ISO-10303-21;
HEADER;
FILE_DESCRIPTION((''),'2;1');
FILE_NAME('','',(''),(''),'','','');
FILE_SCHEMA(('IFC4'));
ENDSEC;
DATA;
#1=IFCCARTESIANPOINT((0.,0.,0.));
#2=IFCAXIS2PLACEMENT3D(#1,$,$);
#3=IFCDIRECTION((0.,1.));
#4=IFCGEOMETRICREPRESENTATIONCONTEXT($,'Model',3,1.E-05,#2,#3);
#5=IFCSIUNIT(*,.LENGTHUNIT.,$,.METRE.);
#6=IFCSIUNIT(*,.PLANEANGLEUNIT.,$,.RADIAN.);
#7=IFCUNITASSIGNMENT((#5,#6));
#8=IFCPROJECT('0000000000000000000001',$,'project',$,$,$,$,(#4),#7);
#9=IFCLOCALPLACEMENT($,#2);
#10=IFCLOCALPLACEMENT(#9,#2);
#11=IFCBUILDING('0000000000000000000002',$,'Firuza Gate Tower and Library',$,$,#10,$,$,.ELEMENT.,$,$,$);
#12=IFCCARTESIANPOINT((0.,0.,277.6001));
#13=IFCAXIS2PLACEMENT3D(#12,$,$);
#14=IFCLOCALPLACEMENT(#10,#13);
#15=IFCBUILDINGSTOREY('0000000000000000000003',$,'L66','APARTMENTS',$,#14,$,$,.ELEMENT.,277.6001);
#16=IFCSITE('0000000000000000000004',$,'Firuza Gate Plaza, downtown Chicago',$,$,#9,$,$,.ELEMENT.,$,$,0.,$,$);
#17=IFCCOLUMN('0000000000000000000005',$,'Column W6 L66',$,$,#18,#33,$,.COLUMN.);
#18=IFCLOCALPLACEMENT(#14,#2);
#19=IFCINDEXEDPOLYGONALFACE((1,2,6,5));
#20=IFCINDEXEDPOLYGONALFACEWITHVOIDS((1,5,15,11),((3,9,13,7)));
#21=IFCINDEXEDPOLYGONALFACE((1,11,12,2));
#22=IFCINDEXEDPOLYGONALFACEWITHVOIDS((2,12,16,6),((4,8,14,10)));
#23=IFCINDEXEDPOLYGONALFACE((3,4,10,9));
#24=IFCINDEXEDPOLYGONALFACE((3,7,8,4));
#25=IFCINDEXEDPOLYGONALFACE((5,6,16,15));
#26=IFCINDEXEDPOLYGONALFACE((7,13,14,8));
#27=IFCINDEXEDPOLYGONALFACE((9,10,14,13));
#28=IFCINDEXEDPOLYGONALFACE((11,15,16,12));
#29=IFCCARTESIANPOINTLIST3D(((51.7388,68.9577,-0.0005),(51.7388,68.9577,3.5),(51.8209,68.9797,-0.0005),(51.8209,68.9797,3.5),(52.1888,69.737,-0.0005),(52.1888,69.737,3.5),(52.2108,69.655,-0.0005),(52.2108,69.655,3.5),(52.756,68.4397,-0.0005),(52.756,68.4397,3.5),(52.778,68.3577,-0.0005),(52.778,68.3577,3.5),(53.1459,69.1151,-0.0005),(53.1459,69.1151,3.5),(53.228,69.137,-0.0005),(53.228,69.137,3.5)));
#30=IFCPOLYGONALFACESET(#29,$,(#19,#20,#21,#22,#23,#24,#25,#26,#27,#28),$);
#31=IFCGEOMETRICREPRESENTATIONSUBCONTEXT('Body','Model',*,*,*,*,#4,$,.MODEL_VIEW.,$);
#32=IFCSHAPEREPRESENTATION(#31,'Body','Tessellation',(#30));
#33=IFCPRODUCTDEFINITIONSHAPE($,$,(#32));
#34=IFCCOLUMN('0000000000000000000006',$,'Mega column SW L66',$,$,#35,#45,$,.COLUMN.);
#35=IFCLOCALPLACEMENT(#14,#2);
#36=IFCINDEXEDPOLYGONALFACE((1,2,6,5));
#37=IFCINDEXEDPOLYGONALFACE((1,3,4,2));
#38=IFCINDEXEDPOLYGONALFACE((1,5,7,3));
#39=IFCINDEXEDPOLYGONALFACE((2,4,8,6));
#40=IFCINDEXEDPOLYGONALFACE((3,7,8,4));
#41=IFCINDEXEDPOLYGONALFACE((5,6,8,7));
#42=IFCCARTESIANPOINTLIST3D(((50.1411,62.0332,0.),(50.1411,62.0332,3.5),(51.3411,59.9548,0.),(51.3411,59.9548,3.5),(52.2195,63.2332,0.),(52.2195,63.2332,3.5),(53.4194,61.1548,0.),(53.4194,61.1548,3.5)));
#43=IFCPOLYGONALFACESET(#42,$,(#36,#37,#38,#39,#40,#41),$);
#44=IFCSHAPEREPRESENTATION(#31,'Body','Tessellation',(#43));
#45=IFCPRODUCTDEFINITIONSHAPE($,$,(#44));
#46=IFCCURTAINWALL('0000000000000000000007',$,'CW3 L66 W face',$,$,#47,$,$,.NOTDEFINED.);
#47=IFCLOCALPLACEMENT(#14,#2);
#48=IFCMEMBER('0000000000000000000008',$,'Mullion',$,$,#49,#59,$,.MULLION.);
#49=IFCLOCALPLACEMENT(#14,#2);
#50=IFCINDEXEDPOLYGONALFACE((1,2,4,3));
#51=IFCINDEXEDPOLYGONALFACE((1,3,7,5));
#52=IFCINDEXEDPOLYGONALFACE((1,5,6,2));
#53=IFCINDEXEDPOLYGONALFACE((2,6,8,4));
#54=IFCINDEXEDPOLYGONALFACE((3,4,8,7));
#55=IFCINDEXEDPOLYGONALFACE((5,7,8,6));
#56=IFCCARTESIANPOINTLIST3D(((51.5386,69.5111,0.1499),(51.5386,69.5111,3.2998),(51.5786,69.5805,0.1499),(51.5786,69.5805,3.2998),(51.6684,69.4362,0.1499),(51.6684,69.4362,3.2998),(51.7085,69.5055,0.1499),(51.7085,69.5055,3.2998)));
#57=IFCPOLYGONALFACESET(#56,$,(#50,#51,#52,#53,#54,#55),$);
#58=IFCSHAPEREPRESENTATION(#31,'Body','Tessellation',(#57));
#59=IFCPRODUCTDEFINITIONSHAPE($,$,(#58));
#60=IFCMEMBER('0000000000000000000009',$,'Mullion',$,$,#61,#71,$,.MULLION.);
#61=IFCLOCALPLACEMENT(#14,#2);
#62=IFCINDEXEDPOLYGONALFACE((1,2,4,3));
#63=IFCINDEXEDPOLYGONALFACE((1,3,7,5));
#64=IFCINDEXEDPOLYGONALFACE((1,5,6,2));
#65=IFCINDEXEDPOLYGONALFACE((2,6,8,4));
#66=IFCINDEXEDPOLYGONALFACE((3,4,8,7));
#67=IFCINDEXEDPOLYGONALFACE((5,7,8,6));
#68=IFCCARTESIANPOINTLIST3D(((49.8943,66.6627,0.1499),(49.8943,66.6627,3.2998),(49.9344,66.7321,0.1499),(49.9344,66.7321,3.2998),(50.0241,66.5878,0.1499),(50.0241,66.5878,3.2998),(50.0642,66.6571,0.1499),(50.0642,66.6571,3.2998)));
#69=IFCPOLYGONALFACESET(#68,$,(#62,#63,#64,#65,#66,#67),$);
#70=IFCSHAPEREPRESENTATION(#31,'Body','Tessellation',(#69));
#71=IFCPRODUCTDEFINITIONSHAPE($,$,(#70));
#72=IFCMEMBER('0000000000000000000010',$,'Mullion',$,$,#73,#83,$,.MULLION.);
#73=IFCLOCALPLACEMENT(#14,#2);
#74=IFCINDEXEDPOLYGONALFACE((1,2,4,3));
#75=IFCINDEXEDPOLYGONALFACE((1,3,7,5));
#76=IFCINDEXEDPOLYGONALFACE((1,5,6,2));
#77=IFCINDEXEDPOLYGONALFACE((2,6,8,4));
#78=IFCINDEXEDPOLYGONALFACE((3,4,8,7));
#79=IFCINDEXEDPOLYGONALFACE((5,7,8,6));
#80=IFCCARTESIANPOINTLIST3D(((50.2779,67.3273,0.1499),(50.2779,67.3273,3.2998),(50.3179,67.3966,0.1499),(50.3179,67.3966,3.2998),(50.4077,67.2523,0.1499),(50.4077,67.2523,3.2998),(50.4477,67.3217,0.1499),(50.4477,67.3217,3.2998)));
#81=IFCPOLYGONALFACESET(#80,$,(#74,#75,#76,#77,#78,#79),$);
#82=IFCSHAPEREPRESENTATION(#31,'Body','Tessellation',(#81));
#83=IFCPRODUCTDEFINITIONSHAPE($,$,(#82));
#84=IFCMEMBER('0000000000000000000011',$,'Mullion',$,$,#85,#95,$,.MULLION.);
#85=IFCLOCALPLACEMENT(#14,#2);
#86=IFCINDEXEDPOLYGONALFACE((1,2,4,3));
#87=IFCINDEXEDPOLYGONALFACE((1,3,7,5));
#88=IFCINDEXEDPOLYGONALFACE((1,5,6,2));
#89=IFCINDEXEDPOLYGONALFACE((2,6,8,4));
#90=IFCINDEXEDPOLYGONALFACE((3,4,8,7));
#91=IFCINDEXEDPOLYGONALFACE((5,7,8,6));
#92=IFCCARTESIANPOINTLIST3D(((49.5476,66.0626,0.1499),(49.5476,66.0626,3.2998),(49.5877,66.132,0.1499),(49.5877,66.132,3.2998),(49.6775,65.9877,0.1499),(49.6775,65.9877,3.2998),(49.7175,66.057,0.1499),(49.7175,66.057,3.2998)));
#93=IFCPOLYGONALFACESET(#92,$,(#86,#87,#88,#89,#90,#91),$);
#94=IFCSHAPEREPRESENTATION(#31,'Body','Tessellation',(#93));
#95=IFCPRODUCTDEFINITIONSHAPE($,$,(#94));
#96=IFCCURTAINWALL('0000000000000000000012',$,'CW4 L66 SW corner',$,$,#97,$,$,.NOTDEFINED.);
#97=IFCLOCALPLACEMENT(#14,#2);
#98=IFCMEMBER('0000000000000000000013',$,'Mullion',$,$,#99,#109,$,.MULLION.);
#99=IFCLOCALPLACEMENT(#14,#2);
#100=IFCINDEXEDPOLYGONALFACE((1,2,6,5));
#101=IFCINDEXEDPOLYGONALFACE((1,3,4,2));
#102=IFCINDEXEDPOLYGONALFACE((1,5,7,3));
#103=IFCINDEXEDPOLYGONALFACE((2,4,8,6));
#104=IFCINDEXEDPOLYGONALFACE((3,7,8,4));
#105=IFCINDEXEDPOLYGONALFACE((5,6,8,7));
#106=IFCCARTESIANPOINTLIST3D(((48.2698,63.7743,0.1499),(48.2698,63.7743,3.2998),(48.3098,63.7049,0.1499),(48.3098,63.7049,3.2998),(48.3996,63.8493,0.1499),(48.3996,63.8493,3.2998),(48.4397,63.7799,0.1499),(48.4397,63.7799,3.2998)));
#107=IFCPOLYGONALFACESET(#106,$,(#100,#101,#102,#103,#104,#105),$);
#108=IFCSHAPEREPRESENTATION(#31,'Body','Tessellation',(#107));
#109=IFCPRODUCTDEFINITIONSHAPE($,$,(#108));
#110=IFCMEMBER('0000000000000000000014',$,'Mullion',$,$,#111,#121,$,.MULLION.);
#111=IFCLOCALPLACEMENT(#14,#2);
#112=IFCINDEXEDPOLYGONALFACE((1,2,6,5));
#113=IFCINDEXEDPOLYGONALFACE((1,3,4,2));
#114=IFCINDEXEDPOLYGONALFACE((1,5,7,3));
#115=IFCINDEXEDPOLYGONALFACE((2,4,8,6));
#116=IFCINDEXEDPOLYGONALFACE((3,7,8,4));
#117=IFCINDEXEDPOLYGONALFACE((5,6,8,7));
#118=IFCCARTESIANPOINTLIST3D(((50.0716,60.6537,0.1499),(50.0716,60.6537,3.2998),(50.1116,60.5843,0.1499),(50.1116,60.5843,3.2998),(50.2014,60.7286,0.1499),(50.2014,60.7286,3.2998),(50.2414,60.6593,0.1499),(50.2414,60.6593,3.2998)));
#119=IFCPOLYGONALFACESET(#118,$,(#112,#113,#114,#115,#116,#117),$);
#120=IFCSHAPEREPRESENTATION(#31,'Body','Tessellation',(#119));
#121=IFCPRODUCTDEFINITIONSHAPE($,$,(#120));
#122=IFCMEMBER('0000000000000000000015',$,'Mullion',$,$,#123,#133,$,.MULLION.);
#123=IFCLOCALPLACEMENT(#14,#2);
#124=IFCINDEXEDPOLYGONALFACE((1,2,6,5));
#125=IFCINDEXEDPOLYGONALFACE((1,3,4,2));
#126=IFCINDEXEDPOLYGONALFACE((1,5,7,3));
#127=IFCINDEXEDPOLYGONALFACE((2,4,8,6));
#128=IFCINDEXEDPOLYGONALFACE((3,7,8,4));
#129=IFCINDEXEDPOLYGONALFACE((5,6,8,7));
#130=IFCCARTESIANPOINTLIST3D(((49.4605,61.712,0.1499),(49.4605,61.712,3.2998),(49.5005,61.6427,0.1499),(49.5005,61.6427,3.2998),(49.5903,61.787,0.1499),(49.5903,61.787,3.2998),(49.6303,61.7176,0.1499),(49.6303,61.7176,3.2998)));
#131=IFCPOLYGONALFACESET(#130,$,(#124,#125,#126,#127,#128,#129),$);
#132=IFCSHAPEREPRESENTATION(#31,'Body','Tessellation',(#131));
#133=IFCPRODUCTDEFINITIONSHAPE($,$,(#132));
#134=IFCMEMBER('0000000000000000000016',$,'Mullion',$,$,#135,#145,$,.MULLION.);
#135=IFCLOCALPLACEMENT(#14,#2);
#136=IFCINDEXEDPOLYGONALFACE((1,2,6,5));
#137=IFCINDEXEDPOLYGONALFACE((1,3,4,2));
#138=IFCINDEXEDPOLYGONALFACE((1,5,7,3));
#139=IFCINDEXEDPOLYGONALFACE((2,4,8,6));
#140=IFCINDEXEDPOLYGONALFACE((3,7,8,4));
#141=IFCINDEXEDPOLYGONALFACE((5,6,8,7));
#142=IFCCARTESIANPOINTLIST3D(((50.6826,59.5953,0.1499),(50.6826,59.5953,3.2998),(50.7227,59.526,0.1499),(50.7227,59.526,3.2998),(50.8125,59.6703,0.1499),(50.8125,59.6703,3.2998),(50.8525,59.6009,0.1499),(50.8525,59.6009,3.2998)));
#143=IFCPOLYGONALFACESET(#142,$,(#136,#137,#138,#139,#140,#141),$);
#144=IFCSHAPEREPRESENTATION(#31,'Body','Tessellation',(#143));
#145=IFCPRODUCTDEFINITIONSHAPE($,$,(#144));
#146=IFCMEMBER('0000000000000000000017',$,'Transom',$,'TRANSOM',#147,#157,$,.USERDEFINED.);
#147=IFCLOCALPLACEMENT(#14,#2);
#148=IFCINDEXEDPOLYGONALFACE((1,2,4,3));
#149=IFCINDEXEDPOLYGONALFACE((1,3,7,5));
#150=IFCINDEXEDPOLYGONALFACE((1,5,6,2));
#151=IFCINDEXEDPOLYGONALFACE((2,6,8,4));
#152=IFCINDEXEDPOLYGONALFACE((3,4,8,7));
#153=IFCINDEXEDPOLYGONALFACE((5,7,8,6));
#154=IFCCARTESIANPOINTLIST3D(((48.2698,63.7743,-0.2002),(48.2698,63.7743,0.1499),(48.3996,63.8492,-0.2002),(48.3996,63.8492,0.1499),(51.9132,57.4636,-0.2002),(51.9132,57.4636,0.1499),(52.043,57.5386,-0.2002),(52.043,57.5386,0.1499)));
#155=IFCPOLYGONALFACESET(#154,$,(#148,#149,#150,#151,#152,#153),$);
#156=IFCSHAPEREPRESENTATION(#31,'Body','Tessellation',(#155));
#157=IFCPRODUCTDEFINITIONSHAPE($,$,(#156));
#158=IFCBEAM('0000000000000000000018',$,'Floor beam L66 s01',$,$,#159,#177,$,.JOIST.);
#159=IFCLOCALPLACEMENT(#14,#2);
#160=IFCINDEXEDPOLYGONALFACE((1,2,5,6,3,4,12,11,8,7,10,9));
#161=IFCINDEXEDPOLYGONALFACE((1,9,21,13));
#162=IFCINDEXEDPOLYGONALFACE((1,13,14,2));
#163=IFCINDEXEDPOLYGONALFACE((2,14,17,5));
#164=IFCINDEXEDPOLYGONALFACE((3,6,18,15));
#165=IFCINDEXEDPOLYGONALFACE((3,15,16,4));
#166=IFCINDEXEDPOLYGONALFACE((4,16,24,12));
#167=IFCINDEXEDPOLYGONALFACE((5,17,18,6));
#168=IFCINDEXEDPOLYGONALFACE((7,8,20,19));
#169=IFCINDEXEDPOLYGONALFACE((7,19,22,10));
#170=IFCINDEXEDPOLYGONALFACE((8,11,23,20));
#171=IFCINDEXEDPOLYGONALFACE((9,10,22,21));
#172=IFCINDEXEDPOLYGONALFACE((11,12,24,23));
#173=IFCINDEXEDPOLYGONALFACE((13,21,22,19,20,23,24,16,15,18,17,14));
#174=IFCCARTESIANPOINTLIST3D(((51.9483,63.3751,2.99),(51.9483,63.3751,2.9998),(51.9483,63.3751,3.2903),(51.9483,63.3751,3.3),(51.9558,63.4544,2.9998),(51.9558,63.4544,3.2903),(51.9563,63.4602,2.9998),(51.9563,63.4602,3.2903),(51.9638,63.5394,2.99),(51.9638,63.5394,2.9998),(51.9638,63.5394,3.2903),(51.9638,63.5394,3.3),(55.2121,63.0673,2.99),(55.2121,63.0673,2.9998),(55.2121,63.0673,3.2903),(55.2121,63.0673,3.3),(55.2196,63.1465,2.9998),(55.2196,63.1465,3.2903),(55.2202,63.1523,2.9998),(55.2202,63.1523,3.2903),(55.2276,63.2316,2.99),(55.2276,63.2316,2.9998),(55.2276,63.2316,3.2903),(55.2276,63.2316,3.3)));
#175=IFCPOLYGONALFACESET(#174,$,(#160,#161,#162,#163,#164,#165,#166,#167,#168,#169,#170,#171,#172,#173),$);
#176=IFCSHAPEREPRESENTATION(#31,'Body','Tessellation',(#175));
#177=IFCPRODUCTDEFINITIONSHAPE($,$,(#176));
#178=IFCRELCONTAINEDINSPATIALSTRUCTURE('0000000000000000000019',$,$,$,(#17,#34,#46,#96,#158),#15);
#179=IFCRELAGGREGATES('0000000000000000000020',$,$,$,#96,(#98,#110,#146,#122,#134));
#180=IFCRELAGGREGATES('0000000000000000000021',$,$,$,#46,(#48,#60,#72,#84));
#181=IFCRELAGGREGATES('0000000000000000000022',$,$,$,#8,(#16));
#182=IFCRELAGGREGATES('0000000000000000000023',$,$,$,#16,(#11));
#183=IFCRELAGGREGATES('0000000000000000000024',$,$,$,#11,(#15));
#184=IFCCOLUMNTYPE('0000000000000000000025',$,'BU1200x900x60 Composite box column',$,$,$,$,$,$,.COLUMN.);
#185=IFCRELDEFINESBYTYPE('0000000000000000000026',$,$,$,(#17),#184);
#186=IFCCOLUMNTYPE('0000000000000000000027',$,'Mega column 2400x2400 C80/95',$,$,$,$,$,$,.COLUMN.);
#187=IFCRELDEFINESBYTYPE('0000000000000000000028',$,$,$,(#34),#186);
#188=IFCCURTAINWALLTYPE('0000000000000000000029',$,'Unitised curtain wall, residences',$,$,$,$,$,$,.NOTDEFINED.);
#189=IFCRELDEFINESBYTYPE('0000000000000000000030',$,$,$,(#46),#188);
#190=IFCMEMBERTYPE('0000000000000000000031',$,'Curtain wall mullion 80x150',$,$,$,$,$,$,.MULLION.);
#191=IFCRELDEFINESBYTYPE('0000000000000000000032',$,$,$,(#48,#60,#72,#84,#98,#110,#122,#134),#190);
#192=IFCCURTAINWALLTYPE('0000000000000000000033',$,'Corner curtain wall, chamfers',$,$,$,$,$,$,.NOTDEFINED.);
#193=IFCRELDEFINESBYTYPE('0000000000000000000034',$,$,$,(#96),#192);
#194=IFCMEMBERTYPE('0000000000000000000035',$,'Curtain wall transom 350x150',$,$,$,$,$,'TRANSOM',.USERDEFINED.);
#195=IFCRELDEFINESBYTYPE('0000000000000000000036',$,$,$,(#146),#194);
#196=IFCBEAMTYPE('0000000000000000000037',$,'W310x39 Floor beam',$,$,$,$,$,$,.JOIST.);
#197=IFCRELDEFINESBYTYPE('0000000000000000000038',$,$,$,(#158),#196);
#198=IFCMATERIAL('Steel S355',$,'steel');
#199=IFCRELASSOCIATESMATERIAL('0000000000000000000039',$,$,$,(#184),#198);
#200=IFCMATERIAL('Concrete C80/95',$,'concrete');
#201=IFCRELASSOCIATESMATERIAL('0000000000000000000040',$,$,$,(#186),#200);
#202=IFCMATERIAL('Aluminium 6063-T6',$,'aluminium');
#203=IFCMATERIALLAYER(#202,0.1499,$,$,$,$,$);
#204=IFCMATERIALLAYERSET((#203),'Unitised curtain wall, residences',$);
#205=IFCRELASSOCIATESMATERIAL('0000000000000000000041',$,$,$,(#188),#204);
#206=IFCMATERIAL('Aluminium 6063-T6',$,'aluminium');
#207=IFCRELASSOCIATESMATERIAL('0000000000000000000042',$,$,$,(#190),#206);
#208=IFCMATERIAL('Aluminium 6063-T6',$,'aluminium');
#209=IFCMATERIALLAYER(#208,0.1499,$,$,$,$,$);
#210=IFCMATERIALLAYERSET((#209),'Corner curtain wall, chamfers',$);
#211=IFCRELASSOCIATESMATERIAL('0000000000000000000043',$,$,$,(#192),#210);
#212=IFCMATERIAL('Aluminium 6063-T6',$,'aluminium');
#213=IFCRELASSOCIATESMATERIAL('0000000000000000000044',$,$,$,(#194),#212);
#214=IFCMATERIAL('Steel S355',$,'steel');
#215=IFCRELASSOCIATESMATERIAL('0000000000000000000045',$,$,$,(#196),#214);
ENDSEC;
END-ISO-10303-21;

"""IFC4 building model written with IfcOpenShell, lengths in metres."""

from ifc_helpers import new_model, si_unit, direction, frame, origin, origin_2d, place, context, subcontext, project, spatial, rectangle, hollow_rectangle, i_section, extrude, material, layer, layer_set, material_profile, profile_set, type_object, element, aggregate, save


model = new_model("IFC4")

# Units and contexts
model_context = context("Model", 3, precision=1e-05, world=origin(), true_north=direction((0.0, 1.0)))
body_context = subcontext(model_context, "Body", "Model", "MODEL_VIEW")
ifc_project = project(units=[si_unit("LENGTHUNIT", "METRE"), si_unit("PLANEANGLEUNIT", "RADIAN")], contexts=[model_context])

# Site, building, storey
site_placement = place(None, origin())
site = spatial("IfcSite", under=ifc_project, at=site_placement, Name="Firuza Gate Plaza, downtown Chicago", CompositionType="ELEMENT", RefElevation=0.0)
building_placement = place(site_placement, origin())
building = spatial("IfcBuilding", under=site, at=building_placement, Name="Firuza Gate Tower and Library", CompositionType="ELEMENT")
storey_placement = place(building_placement, frame((0.0, 0.0, 277.6001)))
storey = spatial("IfcBuildingStorey", under=building, at=storey_placement, Name="L66", Description="APARTMENTS", CompositionType="ELEMENT", Elevation=277.6001)

# Columns
ifc_material_1 = material(Name="Steel S355", Category="steel")
ifc_material_profile_1 = material_profile(ifc_material_1, hollow_rectangle(XDim=0.8999, YDim=1.2, WallThickness=0.0601, at=origin_2d()))
ifc_profile_set_1 = profile_set([ifc_material_profile_1], Name="Steel S355")
column_type_1 = type_object("IfcColumnType", Name="BU1200x900x60 Composite box column", PredefinedType="COLUMN", material=ifc_profile_set_1)
column_1_placement = place(storey_placement, frame((52.4834, 69.0474, -0.0005), z_axis=(0.0, 0.0, 1.0), x_axis=(-0.5, -0.866025, 0.0)))
element("IfcColumn", 1, at=column_1_placement, inside=storey, type_object=column_type_1, Name="Column W6 L66", PredefinedType="COLUMN", context=body_context, shape_type="SweptSolid", body=[
    extrude(hollow_rectangle(XDim=0.8999, YDim=1.2, WallThickness=0.0601, at=origin_2d()), origin(), (0.0, 0.0, 1.0), 3.5005),
])
ifc_material_2 = material(Name="Concrete C80/95", Category="concrete")
ifc_material_profile_2 = material_profile(ifc_material_2, rectangle(XDim=2.3999, YDim=2.3999, at=origin_2d()))
ifc_profile_set_2 = profile_set([ifc_material_profile_2], Name="Concrete C80/95")
column_type_2 = type_object("IfcColumnType", Name="Mega column 2400x2400 C80/95", PredefinedType="COLUMN", material=ifc_profile_set_2)
column_2_placement = place(storey_placement, frame((51.7803, 61.594, 0.0), z_axis=(0.0, 0.0, 1.0), x_axis=(0.5, -0.866025, 0.0)))
element("IfcColumn", 2, at=column_2_placement, inside=storey, type_object=column_type_2, Name="Mega column SW L66", PredefinedType="COLUMN", context=body_context, shape_type="SweptSolid", body=[
    extrude(rectangle(XDim=2.3999, YDim=2.3999, at=origin_2d()), origin(), (0.0, 0.0, 1.0), 3.5),
])

# Curtain walls, members
ifc_material_3 = material(Name="Aluminium 6063-T6", Category="aluminium")
ifc_layer_1 = layer(ifc_material_3, 0.1499)
ifc_layer_set_1 = layer_set([ifc_layer_1], Name="Unitised curtain wall, residences")
curtain_wall_type_1 = type_object("IfcCurtainWallType", Name="Unitised curtain wall, residences", PredefinedType="NOTDEFINED", material=ifc_layer_set_1)
placement = place(storey_placement, origin())
curtain_wall_1 = element("IfcCurtainWall", 3, at=placement, inside=storey, type_object=curtain_wall_type_1, Name="CW3 L66 W face", PredefinedType="NOTDEFINED")
ifc_material_4 = material(Name="Aluminium 6063-T6", Category="aluminium")
ifc_material_profile_3 = material_profile(ifc_material_4, rectangle(XDim=0.1499, YDim=0.0801, at=origin_2d()))
ifc_profile_set_3 = profile_set([ifc_material_profile_3], Name="Aluminium 6063-T6")
member_type_1 = type_object("IfcMemberType", Name="Curtain wall mullion 80x150", PredefinedType="MULLION", material=ifc_profile_set_3)
member_1_placement = place(storey_placement, frame((51.6235, 69.5083, 0.1499), z_axis=(0.0, 0.0, 1.0), x_axis=(0.866025, -0.5, 0.0)))
member_1 = element("IfcMember", 4, at=member_1_placement, type_object=member_type_1, Name="Mullion", PredefinedType="MULLION", context=body_context, shape_type="SweptSolid", body=[
    extrude(rectangle(XDim=0.1499, YDim=0.0801, at=origin_2d()), origin(), (0.0, 0.0, 1.0), 3.1499),
])
member_2_placement = place(storey_placement, frame((49.9792, 66.6599, 0.1499), z_axis=(0.0, 0.0, 1.0), x_axis=(0.866025, -0.5, 0.0)))
member_2 = element("IfcMember", 5, at=member_2_placement, type_object=member_type_1, Name="Mullion", PredefinedType="MULLION", context=body_context, shape_type="SweptSolid", body=[
    extrude(rectangle(XDim=0.1499, YDim=0.0801, at=origin_2d()), origin(), (0.0, 0.0, 1.0), 3.1499),
])
member_3_placement = place(storey_placement, frame((50.3628, 67.3245, 0.1499), z_axis=(0.0, 0.0, 1.0), x_axis=(0.866025, -0.5, 0.0)))
member_3 = element("IfcMember", 6, at=member_3_placement, type_object=member_type_1, Name="Mullion", PredefinedType="MULLION", context=body_context, shape_type="SweptSolid", body=[
    extrude(rectangle(XDim=0.1499, YDim=0.0801, at=origin_2d()), origin(), (0.0, 0.0, 1.0), 3.1499),
])
member_4_placement = place(storey_placement, frame((49.6326, 66.0598, 0.1499), z_axis=(0.0, 0.0, 1.0), x_axis=(0.866025, -0.5, 0.0)))
member_4 = element("IfcMember", 7, at=member_4_placement, type_object=member_type_1, Name="Mullion", PredefinedType="MULLION", context=body_context, shape_type="SweptSolid", body=[
    extrude(rectangle(XDim=0.1499, YDim=0.0801, at=origin_2d()), origin(), (0.0, 0.0, 1.0), 3.1499),
])
ifc_material_5 = material(Name="Aluminium 6063-T6", Category="aluminium")
ifc_layer_2 = layer(ifc_material_5, 0.1499)
ifc_layer_set_2 = layer_set([ifc_layer_2], Name="Corner curtain wall, chamfers")
curtain_wall_type_2 = type_object("IfcCurtainWallType", Name="Corner curtain wall, chamfers", PredefinedType="NOTDEFINED", material=ifc_layer_set_2)
curtain_wall_2 = element("IfcCurtainWall", 8, at=placement, inside=storey, type_object=curtain_wall_type_2, Name="CW4 L66 SW corner", PredefinedType="NOTDEFINED")
member_5_placement = place(storey_placement, frame((48.3547, 63.7771, 0.1499), z_axis=(0.0, 0.0, 1.0), x_axis=(0.866025, 0.5, 0.0)))
member_5 = element("IfcMember", 9, at=member_5_placement, type_object=member_type_1, Name="Mullion", PredefinedType="MULLION", context=body_context, shape_type="SweptSolid", body=[
    extrude(rectangle(XDim=0.1499, YDim=0.0801, at=origin_2d()), origin(), (0.0, 0.0, 1.0), 3.1499),
])
member_6_placement = place(storey_placement, frame((50.1565, 60.6565, 0.1499), z_axis=(0.0, 0.0, 1.0), x_axis=(0.866025, 0.5, 0.0)))
member_6 = element("IfcMember", 10, at=member_6_placement, type_object=member_type_1, Name="Mullion", PredefinedType="MULLION", context=body_context, shape_type="SweptSolid", body=[
    extrude(rectangle(XDim=0.1499, YDim=0.0801, at=origin_2d()), origin(), (0.0, 0.0, 1.0), 3.1499),
])
member_7_placement = place(storey_placement, frame((49.5454, 61.7148, 0.1499), z_axis=(0.0, 0.0, 1.0), x_axis=(0.866025, 0.5, 0.0)))
member_7 = element("IfcMember", 11, at=member_7_placement, type_object=member_type_1, Name="Mullion", PredefinedType="MULLION", context=body_context, shape_type="SweptSolid", body=[
    extrude(rectangle(XDim=0.1499, YDim=0.0801, at=origin_2d()), origin(), (0.0, 0.0, 1.0), 3.1499),
])
member_8_placement = place(storey_placement, frame((50.7676, 59.5981, 0.1499), z_axis=(0.0, 0.0, 1.0), x_axis=(0.866025, 0.5, 0.0)))
member_8 = element("IfcMember", 12, at=member_8_placement, type_object=member_type_1, Name="Mullion", PredefinedType="MULLION", context=body_context, shape_type="SweptSolid", body=[
    extrude(rectangle(XDim=0.1499, YDim=0.0801, at=origin_2d()), origin(), (0.0, 0.0, 1.0), 3.1499),
])
ifc_material_6 = material(Name="Aluminium 6063-T6", Category="aluminium")
ifc_material_profile_4 = material_profile(ifc_material_6, rectangle(XDim=0.1499, YDim=0.3501, at=origin_2d()))
ifc_profile_set_4 = profile_set([ifc_material_profile_4], Name="Aluminium 6063-T6")
member_type_2 = type_object("IfcMemberType", Name="Curtain wall transom 350x150", ElementType="TRANSOM", PredefinedType="USERDEFINED", material=ifc_profile_set_4)
member_9_placement = place(storey_placement, frame((48.3347, 63.8118, -0.0251), z_axis=(0.499991, -0.86603, 0.0), x_axis=(0.86603, 0.499991, 0.0)))
member_9 = element("IfcMember", 13, at=member_9_placement, type_object=member_type_2, Name="Transom", ObjectType="TRANSOM", PredefinedType="USERDEFINED", context=body_context, shape_type="SweptSolid", body=[
    extrude(rectangle(XDim=0.1499, YDim=0.3501, at=origin_2d()), origin(), (0.0, 0.0, 1.0), 7.2869),
])

# Beam
ifc_material_7 = material(Name="Steel S355", Category="steel")
ifc_material_profile_5 = material_profile(ifc_material_7, i_section(OverallWidth=0.165, OverallDepth=0.3101, WebThickness=0.0059, FlangeThickness=0.0098, at=origin_2d()))
ifc_profile_set_5 = profile_set([ifc_material_profile_5], Name="Steel S355")
beam_type_1 = type_object("IfcBeamType", Name="W310x39 Floor beam", PredefinedType="JOIST", material=ifc_profile_set_5)
beam_1_placement = place(storey_placement, frame((51.9561, 63.4573, 3.145), z_axis=(0.995581, -0.093906, 0.0), x_axis=(0.093906, 0.995581, 0.0)))
element("IfcBeam", 14, at=beam_1_placement, inside=storey, type_object=beam_type_1, Name="Floor beam L66 s01", PredefinedType="JOIST", context=body_context, shape_type="SweptSolid", body=[
    extrude(i_section(OverallWidth=0.165, OverallDepth=0.3101, WebThickness=0.0059, FlangeThickness=0.0098, at=origin_2d()), origin(), (0.0, 0.0, 1.0), 3.2783),
])

aggregate(curtain_wall_2, [member_5, member_6, member_9, member_7, member_8])
aggregate(curtain_wall_1, [member_1, member_2, member_3, member_4])

save(model, "model.ifc")
